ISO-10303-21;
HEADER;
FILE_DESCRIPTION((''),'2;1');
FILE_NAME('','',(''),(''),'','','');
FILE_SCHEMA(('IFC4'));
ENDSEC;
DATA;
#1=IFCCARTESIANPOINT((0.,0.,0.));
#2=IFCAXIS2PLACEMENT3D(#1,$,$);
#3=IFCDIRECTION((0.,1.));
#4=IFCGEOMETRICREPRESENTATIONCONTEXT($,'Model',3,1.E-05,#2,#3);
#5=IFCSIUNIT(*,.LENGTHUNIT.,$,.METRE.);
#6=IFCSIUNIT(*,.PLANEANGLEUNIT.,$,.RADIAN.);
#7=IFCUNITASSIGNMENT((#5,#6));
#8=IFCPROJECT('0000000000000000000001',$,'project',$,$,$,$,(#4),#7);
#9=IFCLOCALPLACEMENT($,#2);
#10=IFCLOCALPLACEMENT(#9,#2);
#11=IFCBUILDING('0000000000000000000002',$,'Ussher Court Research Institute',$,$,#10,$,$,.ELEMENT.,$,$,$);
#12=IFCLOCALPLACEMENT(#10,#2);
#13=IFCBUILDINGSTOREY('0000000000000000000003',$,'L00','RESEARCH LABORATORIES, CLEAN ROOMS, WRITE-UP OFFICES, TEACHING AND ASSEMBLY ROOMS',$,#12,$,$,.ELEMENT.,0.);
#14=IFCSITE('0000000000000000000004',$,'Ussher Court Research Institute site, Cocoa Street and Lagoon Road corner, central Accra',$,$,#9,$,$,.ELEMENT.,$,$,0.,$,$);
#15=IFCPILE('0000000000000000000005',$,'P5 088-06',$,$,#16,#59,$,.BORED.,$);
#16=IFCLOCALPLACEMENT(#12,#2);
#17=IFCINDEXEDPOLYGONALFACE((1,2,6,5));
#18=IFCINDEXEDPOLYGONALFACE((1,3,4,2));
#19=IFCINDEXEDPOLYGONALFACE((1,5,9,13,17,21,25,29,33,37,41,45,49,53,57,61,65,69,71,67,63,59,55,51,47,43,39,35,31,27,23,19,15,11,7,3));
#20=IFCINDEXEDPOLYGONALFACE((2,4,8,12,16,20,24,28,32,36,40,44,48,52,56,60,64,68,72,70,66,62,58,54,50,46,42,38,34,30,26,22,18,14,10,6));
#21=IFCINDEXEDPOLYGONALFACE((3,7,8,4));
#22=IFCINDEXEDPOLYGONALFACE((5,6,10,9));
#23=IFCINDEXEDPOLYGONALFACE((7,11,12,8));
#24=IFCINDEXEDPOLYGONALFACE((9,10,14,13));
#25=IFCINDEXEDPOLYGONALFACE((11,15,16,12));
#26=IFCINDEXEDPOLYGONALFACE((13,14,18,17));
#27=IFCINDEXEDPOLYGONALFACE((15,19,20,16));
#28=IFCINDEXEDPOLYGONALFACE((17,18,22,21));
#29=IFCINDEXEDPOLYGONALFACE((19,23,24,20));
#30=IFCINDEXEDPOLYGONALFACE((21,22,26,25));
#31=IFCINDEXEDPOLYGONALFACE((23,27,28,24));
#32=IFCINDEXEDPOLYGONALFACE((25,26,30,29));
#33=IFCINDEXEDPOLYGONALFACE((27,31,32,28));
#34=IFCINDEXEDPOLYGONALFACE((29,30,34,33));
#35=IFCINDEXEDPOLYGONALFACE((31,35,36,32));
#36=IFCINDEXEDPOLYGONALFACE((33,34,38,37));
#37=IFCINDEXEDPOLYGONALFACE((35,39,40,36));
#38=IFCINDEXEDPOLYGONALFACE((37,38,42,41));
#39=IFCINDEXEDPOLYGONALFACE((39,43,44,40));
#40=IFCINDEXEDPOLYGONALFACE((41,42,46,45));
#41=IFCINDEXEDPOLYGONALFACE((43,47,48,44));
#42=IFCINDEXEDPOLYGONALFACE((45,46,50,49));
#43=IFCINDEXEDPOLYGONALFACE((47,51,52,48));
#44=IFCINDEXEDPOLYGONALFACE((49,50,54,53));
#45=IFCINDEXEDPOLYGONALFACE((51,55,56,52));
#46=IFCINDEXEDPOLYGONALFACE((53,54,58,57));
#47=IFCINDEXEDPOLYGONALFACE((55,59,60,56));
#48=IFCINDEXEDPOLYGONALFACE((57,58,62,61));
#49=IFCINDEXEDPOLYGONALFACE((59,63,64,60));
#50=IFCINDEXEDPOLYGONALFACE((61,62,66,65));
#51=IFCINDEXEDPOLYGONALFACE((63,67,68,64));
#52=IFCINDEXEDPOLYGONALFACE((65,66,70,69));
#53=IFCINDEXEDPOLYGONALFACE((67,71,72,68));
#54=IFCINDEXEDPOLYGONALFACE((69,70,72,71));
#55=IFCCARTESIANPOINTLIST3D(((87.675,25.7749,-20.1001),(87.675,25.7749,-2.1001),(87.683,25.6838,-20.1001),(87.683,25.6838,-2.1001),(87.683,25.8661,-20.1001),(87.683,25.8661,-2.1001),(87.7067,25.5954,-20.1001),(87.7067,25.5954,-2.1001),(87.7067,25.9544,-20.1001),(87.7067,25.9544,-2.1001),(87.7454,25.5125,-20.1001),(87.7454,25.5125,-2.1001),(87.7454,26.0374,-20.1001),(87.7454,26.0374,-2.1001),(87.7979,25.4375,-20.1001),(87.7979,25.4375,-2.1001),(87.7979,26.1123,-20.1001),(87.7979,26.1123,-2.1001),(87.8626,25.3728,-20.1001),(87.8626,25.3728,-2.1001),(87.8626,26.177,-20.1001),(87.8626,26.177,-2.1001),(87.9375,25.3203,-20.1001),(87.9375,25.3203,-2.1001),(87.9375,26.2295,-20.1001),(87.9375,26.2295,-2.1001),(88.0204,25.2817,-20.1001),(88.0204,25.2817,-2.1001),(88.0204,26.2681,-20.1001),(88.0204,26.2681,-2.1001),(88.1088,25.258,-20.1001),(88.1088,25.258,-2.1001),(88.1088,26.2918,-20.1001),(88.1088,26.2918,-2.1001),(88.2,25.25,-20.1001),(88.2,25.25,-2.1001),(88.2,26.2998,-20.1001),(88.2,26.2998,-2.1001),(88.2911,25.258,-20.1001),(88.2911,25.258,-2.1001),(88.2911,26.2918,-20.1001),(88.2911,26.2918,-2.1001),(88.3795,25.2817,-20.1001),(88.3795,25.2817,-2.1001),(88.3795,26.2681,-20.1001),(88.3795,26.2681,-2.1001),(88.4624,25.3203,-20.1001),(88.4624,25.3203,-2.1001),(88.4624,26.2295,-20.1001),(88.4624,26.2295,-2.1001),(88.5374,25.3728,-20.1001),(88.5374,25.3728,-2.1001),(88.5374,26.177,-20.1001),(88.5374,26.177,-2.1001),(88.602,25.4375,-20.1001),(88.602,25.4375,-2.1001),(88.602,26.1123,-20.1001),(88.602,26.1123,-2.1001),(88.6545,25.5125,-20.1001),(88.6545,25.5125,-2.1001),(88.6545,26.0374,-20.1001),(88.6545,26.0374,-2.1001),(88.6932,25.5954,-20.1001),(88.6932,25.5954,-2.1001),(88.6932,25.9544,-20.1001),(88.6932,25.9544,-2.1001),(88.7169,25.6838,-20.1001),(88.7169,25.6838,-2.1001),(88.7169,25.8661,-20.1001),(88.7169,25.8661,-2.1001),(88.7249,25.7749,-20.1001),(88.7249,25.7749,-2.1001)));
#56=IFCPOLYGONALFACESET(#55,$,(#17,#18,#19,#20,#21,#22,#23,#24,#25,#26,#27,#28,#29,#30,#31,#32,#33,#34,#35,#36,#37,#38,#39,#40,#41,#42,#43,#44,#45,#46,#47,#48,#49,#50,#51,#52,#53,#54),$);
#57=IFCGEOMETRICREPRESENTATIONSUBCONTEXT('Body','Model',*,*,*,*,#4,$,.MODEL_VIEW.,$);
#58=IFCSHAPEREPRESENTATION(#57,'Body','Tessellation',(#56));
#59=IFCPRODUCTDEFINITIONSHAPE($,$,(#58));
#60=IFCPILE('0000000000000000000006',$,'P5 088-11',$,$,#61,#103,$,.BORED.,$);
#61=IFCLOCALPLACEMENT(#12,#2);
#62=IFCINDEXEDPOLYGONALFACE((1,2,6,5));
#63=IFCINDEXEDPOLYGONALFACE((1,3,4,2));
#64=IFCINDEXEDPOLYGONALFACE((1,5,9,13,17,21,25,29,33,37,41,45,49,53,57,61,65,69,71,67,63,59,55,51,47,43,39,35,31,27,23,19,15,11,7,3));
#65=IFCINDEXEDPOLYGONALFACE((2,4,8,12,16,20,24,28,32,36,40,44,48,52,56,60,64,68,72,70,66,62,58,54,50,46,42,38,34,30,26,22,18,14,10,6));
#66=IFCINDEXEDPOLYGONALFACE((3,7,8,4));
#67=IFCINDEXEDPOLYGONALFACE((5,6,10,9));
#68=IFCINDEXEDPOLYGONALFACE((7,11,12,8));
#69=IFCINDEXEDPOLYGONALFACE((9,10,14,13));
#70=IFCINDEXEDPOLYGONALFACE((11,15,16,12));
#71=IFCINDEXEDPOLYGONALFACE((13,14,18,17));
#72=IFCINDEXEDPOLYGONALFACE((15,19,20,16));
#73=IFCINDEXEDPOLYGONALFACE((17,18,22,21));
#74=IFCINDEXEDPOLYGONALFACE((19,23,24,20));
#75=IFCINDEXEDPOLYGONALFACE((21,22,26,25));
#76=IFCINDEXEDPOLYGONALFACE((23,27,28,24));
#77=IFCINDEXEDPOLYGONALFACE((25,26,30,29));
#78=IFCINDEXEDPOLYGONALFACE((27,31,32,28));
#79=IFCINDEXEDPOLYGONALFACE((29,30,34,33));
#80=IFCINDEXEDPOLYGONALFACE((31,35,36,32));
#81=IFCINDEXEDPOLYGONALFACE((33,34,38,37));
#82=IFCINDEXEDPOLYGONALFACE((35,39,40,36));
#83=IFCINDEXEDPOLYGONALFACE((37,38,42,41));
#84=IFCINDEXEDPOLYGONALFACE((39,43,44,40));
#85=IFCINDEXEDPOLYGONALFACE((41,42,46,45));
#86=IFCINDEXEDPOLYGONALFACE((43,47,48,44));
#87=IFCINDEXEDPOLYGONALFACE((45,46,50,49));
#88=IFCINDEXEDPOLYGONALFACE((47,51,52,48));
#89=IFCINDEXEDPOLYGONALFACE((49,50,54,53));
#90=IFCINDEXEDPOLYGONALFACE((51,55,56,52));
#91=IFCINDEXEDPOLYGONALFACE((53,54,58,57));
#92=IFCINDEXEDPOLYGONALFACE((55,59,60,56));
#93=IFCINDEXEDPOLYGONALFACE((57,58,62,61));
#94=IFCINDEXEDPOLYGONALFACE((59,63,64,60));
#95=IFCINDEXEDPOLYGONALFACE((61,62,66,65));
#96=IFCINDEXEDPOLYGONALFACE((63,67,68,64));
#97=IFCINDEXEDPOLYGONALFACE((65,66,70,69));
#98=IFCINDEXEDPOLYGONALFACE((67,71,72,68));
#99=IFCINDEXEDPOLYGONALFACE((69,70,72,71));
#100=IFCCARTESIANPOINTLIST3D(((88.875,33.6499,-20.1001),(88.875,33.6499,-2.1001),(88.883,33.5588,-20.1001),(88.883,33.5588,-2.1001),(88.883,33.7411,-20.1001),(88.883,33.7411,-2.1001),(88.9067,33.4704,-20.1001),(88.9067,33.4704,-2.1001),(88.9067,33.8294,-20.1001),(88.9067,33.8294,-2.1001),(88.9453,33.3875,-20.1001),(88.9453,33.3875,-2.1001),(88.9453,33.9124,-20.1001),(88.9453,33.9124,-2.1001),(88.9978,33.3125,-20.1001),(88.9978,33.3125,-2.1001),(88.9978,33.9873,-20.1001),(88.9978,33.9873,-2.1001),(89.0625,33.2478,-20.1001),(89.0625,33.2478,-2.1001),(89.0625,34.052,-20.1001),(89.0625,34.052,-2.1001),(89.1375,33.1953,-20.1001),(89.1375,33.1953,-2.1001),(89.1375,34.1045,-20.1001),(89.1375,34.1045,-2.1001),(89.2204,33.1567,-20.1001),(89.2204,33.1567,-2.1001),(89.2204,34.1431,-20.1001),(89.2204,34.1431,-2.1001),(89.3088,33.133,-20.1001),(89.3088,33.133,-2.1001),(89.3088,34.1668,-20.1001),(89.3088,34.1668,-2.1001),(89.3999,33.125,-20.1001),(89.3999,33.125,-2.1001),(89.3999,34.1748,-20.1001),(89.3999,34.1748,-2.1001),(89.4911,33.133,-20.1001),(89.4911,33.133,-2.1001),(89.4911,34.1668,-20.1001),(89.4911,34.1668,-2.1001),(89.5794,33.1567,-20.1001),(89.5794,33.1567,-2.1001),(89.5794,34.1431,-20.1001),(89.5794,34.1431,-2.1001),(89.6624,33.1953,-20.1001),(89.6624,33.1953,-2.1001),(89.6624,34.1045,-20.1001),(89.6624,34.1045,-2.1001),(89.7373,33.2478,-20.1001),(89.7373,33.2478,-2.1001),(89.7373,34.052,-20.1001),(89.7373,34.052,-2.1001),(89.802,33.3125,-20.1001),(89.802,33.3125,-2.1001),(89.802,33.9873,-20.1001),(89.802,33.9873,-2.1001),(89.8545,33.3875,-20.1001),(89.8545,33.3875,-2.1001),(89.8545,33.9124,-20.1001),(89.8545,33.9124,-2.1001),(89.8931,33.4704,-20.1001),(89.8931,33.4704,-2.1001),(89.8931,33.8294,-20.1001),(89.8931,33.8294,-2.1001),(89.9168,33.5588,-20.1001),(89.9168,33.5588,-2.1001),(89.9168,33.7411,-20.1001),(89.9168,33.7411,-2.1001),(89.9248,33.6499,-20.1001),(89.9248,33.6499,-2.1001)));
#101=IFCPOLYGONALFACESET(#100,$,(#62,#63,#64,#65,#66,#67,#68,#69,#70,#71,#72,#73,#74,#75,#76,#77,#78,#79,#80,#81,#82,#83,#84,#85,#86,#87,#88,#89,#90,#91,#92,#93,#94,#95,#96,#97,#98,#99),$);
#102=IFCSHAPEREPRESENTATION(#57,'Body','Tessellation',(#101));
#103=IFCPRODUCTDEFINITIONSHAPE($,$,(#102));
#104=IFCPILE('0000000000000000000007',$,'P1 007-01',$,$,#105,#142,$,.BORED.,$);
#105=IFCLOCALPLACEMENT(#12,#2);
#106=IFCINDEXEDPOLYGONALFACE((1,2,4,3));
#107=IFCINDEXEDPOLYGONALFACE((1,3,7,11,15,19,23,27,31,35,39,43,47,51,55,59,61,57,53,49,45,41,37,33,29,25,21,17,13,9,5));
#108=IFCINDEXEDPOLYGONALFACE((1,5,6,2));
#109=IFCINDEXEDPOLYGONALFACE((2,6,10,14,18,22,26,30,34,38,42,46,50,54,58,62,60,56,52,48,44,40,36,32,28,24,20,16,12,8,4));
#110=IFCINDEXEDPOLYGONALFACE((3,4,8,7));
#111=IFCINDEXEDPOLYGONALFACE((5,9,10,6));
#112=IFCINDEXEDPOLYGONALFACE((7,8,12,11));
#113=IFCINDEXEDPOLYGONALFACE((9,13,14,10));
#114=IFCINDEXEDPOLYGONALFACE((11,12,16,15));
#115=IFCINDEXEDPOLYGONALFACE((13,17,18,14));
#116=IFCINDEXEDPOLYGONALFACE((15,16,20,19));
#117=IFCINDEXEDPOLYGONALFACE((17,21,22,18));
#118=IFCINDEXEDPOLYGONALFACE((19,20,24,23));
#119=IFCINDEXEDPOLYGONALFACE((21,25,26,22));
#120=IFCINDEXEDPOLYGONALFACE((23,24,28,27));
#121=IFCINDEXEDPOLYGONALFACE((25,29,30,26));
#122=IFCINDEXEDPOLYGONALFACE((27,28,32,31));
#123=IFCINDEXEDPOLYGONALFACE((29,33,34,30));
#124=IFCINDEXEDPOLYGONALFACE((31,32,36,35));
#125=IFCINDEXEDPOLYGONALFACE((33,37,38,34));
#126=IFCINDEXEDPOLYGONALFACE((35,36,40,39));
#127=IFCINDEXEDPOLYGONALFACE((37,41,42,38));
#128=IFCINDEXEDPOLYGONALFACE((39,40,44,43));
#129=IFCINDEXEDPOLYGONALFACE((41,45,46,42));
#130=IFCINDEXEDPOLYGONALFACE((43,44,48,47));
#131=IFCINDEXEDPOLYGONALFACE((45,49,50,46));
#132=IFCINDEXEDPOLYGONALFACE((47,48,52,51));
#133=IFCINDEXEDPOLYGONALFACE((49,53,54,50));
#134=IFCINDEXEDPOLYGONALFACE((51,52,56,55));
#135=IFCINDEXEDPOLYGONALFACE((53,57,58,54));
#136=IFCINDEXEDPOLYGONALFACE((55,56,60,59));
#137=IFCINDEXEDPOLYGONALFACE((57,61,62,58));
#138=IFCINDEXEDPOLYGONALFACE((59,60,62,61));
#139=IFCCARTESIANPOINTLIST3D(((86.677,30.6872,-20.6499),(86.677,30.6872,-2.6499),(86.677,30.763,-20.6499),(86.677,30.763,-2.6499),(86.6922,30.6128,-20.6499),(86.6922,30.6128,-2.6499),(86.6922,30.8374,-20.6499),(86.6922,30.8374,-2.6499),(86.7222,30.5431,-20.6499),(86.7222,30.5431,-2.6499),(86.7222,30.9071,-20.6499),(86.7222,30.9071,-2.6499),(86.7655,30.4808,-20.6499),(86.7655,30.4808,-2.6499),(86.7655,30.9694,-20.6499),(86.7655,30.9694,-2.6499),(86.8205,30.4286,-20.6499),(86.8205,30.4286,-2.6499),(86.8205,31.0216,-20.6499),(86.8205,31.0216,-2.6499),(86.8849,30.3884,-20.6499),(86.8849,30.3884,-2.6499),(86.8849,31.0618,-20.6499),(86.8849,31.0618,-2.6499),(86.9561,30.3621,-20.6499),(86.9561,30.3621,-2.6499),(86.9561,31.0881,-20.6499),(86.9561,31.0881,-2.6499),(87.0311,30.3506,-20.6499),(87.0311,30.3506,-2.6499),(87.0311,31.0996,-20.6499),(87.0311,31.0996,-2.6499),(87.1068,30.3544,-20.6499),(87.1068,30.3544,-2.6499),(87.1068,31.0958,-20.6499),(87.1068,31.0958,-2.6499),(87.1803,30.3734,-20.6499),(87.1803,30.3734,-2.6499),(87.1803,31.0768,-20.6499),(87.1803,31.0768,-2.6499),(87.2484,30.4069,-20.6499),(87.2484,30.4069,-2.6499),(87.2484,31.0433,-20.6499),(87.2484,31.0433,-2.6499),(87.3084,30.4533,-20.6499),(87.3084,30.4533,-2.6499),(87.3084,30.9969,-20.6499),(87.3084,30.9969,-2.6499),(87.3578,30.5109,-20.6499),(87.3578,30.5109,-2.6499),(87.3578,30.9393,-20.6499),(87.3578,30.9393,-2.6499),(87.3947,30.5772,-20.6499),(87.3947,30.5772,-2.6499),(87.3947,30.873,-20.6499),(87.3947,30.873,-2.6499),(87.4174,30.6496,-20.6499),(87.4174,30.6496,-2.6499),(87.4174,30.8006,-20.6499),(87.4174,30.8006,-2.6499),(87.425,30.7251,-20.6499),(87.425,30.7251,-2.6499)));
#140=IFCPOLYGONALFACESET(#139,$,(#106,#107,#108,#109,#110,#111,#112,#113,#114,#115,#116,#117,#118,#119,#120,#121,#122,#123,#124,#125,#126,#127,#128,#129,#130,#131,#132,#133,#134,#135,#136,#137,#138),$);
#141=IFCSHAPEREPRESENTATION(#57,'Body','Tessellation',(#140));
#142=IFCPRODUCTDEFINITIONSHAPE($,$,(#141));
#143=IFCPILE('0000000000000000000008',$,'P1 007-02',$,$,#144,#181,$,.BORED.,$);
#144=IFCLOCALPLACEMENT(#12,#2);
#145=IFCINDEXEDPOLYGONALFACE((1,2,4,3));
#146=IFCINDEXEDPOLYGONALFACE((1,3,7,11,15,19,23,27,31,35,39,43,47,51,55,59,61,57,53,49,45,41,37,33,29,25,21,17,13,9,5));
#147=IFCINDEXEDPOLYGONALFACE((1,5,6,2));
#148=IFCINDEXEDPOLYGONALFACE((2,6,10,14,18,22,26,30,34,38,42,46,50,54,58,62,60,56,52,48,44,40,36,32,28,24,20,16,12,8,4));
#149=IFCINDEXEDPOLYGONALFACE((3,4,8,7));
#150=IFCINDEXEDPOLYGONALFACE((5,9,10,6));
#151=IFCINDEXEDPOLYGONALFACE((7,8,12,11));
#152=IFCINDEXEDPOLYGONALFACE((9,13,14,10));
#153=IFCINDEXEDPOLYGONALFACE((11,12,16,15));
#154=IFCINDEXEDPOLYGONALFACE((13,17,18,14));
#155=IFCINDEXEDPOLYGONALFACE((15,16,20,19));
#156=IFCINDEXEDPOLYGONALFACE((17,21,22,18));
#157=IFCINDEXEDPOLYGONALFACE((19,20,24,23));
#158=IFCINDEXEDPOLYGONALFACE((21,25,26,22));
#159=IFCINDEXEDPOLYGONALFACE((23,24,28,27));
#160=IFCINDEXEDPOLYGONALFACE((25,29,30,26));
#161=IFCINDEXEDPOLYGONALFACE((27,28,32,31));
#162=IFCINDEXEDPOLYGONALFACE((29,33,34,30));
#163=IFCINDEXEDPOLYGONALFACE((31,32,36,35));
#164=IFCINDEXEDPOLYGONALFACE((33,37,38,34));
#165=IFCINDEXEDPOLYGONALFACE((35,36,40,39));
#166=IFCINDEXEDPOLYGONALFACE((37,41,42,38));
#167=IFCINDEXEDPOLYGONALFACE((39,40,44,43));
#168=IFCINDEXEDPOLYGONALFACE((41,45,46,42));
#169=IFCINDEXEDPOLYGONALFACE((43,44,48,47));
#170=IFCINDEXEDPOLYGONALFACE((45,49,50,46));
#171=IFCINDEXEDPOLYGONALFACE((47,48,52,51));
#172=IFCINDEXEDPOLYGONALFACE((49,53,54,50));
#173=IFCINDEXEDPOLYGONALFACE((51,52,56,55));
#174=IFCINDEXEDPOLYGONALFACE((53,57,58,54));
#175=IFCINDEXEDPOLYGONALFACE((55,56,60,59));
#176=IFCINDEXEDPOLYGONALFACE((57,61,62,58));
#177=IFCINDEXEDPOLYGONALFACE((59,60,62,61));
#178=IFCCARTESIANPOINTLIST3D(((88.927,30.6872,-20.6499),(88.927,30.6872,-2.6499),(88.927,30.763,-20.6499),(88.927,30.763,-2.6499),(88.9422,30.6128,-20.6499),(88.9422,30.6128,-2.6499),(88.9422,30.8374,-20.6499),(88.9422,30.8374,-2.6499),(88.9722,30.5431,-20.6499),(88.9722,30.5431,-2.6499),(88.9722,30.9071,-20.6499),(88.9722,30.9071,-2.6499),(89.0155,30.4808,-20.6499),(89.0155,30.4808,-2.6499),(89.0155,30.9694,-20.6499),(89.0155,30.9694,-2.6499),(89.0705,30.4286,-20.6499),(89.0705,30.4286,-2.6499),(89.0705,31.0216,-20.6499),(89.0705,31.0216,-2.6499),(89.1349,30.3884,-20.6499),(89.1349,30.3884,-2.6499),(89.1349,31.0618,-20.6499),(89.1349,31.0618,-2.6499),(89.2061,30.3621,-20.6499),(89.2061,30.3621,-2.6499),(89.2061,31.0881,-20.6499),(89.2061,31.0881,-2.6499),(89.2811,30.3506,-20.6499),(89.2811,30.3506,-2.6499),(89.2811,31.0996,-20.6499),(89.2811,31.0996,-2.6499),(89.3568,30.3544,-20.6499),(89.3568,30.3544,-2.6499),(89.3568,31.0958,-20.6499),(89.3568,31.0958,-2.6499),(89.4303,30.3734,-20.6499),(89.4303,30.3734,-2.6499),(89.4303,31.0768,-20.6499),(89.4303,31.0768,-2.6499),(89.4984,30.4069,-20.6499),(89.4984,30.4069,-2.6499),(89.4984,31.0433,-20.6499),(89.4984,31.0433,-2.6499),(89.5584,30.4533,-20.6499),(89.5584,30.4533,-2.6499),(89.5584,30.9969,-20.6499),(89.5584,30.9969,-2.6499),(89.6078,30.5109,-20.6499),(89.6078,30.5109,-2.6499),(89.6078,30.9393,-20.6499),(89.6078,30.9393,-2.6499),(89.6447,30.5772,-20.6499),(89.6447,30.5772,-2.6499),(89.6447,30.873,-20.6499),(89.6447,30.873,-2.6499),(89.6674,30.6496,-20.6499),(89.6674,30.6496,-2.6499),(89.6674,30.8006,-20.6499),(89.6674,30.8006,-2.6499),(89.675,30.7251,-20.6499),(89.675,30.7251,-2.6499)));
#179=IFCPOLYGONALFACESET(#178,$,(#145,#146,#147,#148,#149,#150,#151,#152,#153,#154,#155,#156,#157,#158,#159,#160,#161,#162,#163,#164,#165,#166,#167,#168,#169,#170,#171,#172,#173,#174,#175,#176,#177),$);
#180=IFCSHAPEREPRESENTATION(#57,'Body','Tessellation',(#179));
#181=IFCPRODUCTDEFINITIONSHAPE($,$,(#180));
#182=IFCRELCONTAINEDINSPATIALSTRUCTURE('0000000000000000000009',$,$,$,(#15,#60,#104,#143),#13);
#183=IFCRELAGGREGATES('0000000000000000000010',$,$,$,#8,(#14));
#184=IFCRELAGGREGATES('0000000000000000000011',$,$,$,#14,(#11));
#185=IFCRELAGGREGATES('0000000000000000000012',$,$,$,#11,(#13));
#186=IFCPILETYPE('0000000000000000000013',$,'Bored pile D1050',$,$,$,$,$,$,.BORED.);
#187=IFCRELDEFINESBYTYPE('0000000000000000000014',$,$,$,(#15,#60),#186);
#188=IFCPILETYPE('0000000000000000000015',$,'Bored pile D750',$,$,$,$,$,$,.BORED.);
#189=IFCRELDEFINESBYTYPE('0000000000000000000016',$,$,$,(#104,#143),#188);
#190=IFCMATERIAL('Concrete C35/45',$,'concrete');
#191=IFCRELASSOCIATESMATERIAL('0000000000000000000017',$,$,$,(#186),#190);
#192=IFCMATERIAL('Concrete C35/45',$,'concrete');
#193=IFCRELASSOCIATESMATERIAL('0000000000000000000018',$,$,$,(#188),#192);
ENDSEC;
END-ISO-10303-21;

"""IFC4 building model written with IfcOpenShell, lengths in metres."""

from ifc_helpers import new_model, si_unit, direction, frame, origin, origin_2d, place, context, subcontext, project, spatial, circle, extrude, material, material_profile, profile_set, type_object, element, save


model = new_model("IFC4")

# Units and contexts
model_context = context("Model", 3, precision=1e-05, world=origin(), true_north=direction((0.0, 1.0)))
body_context = subcontext(model_context, "Body", "Model", "MODEL_VIEW")
ifc_project = project(units=[si_unit("LENGTHUNIT", "METRE"), si_unit("PLANEANGLEUNIT", "RADIAN")], contexts=[model_context])

# Site, building, storey
site_placement = place(None, origin())
site = spatial("IfcSite", under=ifc_project, at=site_placement, Name="Ussher Court Research Institute site, Cocoa Street and Lagoon Road corner, central Accra", CompositionType="ELEMENT", RefElevation=0.0)
building_placement = place(site_placement, origin())
building = spatial("IfcBuilding", under=site, at=building_placement, Name="Ussher Court Research Institute", CompositionType="ELEMENT")
storey_placement = place(building_placement, origin())
storey = spatial("IfcBuildingStorey", under=building, at=storey_placement, Name="L00", Description="RESEARCH LABORATORIES, CLEAN ROOMS, WRITE-UP OFFICES, TEACHING AND ASSEMBLY ROOMS", CompositionType="ELEMENT", Elevation=0.0)

# Piles
ifc_material_1 = material(Name="Concrete C35/45", Category="concrete")
ifc_material_profile_1 = material_profile(ifc_material_1, circle(Radius=0.5249, at=origin_2d()), Name="RC D1050")
ifc_profile_set_1 = profile_set([ifc_material_profile_1], Name="Concrete C35/45")
pile_type_1 = type_object("IfcPileType", Name="Bored pile D1050", PredefinedType="BORED", material=ifc_profile_set_1)
for number, where, z_axis, x_axis, name in (
    (1, (88.2, 25.7749, -2.1001), (0.0, 0.0, -1.0), (1.0, 0.0, 0.0), "P5 088-06"),
    (2, (89.3999, 33.6499, -2.1001), (0.0, 0.0, -1.0), (1.0, 0.0, 0.0), "P5 088-11"),
):
    element("IfcPile", number, at=place(storey_placement, frame(where, z_axis=z_axis, x_axis=x_axis)), inside=storey, type_object=pile_type_1, Name=name, PredefinedType="BORED", context=body_context, shape_type="SweptSolid", body=[
        extrude(circle(Radius=0.5249, at=origin_2d()), origin(), (0.0, 0.0, 1.0), 18.0),
    ])
ifc_material_2 = material(Name="Concrete C35/45", Category="concrete")
ifc_material_profile_2 = material_profile(ifc_material_2, circle(Radius=0.375, at=origin_2d()), Name="RC D750")
ifc_profile_set_2 = profile_set([ifc_material_profile_2], Name="Concrete C35/45")
pile_type_2 = type_object("IfcPileType", Name="Bored pile D750", PredefinedType="BORED", material=ifc_profile_set_2)
for number, where, z_axis, x_axis, name in (
    (3, (87.05, 30.7251, -2.6499), (0.0, 0.0, -1.0), (1.0, 0.0, 0.0), "P1 007-01"),
    (4, (89.3, 30.7251, -2.6499), (0.0, 0.0, -1.0), (1.0, 0.0, 0.0), "P1 007-02"),
):
    element("IfcPile", number, at=place(storey_placement, frame(where, z_axis=z_axis, x_axis=x_axis)), inside=storey, type_object=pile_type_2, Name=name, PredefinedType="BORED", context=body_context, shape_type="SweptSolid", body=[
        extrude(circle(Radius=0.375, at=origin_2d()), origin(), (0.0, 0.0, 1.0), 18.0),
    ])

save(model, "model.ifc")
